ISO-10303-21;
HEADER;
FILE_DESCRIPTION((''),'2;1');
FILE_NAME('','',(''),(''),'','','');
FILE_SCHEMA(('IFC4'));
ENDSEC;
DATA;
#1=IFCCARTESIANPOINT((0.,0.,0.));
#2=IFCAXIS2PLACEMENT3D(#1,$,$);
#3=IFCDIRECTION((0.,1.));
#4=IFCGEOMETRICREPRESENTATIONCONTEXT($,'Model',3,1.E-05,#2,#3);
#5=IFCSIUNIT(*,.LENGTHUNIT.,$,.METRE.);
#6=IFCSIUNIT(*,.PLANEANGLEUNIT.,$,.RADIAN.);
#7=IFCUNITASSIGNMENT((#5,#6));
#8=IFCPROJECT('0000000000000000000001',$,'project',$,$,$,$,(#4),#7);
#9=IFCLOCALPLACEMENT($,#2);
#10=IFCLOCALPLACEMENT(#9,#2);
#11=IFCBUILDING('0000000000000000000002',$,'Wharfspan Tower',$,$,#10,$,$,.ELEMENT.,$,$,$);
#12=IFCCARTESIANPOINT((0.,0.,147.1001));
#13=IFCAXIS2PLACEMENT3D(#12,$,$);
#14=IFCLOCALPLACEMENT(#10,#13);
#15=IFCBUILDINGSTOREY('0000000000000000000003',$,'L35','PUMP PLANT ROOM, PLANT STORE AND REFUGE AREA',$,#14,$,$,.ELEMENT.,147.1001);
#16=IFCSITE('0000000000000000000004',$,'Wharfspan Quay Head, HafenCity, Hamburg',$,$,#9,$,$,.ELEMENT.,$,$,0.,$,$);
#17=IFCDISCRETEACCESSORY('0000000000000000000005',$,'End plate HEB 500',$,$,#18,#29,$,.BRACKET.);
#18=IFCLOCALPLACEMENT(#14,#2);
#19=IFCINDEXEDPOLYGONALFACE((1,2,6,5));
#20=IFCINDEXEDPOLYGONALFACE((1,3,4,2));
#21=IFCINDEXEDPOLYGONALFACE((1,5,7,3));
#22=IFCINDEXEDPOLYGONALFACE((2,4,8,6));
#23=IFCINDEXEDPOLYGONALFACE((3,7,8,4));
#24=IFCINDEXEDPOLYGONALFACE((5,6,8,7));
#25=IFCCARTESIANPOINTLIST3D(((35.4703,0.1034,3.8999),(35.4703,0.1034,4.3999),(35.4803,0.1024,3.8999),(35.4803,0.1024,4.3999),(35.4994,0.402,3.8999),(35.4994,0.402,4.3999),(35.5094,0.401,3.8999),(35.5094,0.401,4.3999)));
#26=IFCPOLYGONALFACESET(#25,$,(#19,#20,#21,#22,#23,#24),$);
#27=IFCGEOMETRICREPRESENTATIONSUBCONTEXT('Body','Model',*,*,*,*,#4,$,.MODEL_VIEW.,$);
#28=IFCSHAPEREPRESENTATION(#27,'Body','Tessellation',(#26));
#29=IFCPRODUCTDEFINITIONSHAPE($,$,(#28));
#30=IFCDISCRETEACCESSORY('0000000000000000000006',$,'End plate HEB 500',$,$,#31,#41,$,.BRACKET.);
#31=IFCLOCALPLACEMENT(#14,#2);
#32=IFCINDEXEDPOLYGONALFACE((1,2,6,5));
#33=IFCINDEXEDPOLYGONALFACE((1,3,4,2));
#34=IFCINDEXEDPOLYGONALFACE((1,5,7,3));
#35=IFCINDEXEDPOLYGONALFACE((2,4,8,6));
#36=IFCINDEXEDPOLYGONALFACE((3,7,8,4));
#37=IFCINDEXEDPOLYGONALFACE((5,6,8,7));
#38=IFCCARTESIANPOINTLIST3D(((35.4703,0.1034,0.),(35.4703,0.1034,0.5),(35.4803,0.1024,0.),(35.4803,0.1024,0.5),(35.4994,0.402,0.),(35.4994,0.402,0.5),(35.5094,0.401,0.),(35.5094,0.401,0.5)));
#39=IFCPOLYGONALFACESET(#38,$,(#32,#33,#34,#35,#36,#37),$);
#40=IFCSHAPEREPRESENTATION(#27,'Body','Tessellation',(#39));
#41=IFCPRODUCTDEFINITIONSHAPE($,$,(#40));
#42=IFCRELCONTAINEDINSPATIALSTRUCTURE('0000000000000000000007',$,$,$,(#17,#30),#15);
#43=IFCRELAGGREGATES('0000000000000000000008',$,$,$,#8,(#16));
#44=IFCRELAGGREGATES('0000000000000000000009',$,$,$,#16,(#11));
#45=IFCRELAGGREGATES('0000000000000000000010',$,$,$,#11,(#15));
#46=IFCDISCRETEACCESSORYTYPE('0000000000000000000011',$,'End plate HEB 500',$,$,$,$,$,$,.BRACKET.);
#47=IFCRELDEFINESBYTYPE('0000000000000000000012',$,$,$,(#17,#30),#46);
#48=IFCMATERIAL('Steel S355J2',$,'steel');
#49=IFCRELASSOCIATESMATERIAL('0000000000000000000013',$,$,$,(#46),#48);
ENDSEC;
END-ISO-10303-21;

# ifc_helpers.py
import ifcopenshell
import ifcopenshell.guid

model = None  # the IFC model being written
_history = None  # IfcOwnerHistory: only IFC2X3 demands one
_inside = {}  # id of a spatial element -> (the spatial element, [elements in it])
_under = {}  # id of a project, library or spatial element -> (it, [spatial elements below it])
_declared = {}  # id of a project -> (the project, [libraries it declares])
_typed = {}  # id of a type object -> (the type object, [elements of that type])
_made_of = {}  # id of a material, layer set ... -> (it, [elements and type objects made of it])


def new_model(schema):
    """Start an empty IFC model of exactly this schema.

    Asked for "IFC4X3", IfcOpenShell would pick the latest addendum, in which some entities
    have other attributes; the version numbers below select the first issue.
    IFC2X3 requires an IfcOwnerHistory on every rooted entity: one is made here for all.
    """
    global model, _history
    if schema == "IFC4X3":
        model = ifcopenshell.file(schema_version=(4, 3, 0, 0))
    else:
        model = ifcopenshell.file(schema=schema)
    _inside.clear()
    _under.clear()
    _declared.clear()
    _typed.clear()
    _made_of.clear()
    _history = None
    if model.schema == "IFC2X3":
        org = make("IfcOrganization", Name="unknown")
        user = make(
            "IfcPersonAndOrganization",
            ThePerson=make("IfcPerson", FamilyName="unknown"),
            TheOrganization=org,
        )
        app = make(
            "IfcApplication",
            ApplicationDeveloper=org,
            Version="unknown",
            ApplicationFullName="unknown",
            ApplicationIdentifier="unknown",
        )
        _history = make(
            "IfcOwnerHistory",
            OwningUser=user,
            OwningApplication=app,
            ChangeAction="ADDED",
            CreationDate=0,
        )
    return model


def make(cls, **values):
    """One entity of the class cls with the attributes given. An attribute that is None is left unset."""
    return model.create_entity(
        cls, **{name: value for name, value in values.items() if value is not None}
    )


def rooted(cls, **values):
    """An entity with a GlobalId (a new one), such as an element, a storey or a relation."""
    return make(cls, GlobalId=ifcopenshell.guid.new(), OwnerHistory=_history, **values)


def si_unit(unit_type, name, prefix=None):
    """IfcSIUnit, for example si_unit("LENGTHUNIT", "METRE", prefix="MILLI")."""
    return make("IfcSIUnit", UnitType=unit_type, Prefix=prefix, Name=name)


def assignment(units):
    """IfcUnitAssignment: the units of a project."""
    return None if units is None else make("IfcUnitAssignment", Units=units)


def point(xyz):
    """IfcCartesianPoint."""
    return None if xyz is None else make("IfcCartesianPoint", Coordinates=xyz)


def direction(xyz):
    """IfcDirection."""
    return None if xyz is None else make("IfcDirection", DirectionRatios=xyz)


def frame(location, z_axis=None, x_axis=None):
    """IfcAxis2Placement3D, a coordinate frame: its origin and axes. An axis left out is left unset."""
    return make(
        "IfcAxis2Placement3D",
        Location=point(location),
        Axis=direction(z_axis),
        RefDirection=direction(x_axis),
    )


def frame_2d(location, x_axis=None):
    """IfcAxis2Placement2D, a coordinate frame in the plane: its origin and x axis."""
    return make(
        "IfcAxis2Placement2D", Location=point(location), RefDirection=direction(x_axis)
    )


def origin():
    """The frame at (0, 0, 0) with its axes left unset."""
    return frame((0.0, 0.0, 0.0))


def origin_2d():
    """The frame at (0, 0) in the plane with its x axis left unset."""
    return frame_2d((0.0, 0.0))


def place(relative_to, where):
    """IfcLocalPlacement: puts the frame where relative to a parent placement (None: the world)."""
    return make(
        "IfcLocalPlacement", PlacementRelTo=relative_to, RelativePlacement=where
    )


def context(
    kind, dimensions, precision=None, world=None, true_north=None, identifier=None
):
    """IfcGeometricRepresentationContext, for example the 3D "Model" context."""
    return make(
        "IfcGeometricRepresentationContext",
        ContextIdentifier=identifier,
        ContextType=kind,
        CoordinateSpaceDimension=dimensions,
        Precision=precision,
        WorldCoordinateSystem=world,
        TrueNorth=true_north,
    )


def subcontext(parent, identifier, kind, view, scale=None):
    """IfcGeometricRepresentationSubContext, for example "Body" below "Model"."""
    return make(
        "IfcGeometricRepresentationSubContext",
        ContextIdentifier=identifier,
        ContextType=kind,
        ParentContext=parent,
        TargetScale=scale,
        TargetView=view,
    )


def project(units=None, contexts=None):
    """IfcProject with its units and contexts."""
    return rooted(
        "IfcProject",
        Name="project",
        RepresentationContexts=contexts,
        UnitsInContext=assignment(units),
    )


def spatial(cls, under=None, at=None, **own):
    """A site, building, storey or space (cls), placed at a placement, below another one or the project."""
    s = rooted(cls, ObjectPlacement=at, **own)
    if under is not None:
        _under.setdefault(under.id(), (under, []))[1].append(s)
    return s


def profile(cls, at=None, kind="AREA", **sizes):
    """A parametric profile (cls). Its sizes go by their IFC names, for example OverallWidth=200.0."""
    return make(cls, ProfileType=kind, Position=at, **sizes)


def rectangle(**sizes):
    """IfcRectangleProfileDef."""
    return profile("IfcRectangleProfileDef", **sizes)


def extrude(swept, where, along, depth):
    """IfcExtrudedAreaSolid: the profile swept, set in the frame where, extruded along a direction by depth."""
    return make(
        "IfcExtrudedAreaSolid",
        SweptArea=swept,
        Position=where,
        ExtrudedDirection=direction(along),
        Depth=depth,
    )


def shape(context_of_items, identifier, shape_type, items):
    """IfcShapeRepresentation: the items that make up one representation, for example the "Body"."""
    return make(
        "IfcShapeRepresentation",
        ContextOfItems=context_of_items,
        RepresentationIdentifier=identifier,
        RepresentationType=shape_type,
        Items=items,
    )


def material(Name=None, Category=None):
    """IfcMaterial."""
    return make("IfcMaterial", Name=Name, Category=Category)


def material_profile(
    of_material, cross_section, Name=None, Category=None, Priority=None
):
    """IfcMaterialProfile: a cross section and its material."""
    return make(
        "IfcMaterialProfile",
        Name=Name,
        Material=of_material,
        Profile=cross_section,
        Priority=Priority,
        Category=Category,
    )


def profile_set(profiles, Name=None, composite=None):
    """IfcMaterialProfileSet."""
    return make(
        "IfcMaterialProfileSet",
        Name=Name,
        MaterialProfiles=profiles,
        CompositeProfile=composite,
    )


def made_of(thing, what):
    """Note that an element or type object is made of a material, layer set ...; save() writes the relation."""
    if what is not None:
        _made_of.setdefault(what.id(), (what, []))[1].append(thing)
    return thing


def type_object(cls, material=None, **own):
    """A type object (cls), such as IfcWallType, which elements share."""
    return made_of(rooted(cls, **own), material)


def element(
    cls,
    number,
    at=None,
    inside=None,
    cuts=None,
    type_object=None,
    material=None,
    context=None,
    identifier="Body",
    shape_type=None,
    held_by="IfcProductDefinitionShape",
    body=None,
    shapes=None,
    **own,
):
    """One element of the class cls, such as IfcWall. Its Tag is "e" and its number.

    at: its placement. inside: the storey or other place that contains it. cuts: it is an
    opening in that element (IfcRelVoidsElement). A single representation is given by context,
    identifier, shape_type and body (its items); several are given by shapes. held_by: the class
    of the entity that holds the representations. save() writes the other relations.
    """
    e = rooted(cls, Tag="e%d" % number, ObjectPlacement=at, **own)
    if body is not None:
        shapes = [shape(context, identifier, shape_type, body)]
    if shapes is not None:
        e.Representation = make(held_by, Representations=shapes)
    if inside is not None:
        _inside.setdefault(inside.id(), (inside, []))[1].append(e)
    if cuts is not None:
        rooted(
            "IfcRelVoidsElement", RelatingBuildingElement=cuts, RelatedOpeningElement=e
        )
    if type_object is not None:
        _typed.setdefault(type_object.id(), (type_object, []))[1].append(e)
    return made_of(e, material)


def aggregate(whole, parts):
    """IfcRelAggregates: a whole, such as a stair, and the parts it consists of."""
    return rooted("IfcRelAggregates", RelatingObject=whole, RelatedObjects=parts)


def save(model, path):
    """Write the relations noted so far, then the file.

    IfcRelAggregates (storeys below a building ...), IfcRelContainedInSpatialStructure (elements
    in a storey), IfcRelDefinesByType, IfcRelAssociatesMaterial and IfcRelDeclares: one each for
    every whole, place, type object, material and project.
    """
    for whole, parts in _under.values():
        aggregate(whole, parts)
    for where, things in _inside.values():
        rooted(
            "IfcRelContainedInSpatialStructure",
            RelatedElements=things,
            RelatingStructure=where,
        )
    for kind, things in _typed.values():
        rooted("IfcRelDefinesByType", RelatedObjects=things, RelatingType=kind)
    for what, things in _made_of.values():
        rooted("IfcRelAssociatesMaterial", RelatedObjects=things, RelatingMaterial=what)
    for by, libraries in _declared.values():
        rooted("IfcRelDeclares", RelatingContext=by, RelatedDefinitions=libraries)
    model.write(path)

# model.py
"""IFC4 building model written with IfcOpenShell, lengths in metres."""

from ifc_helpers import new_model, si_unit, direction, frame, origin, origin_2d, place, context, subcontext, project, spatial, rectangle, extrude, material, material_profile, profile_set, type_object, element, save


model = new_model("IFC4")

# Units and contexts
model_context = context("Model", 3, precision=1e-05, world=origin(), true_north=direction((0.0, 1.0)))
body_context = subcontext(model_context, "Body", "Model", "MODEL_VIEW")
ifc_project = project(units=[si_unit("LENGTHUNIT", "METRE"), si_unit("PLANEANGLEUNIT", "RADIAN")], contexts=[model_context])

# Site, building, storey
site_placement = place(None, origin())
site = spatial("IfcSite", under=ifc_project, at=site_placement, Name="Wharfspan Quay Head, HafenCity, Hamburg", CompositionType="ELEMENT", RefElevation=0.0)
building_placement = place(site_placement, origin())
building = spatial("IfcBuilding", under=site, at=building_placement, Name="Wharfspan Tower", CompositionType="ELEMENT")
storey_placement = place(building_placement, frame((0.0, 0.0, 147.1001)))
storey = spatial("IfcBuildingStorey", under=building, at=storey_placement, Name="L35", Description="PUMP PLANT ROOM, PLANT STORE AND REFUGE AREA", CompositionType="ELEMENT", Elevation=147.1001)

# Shared definitions
ifc_material_1 = material(Name="Steel S355J2", Category="steel")

# Discrete accessories
ifc_material_profile_1 = material_profile(ifc_material_1, rectangle(XDim=0.3, YDim=0.5, at=origin_2d()))
ifc_profile_set_1 = profile_set([ifc_material_profile_1], Name="Steel S355J2")
discrete_accessory_type_1 = type_object("IfcDiscreteAccessoryType", Name="End plate HEB 500", PredefinedType="BRACKET", material=ifc_profile_set_1)
for number, where, z_axis, x_axis, name in (
    (1, (35.4849, 0.2527, 4.1499), (0.995275, -0.0971, 0.0), (0.0971, 0.995275, 0.0), "End plate HEB 500"),
    (2, (35.4849, 0.2527, 0.25), (0.995275, -0.0971, 0.0), (0.0971, 0.995275, 0.0), "End plate HEB 500"),
):
    element("IfcDiscreteAccessory", number, at=place(storey_placement, frame(where, z_axis=z_axis, x_axis=x_axis)), inside=storey, type_object=discrete_accessory_type_1, Name=name, PredefinedType="BRACKET", context=body_context, shape_type="SweptSolid", body=[
        extrude(rectangle(XDim=0.3, YDim=0.5, at=origin_2d()), origin(), (0.0, 0.0, 1.0), 0.01),
    ])

save(model, "model.ifc")
